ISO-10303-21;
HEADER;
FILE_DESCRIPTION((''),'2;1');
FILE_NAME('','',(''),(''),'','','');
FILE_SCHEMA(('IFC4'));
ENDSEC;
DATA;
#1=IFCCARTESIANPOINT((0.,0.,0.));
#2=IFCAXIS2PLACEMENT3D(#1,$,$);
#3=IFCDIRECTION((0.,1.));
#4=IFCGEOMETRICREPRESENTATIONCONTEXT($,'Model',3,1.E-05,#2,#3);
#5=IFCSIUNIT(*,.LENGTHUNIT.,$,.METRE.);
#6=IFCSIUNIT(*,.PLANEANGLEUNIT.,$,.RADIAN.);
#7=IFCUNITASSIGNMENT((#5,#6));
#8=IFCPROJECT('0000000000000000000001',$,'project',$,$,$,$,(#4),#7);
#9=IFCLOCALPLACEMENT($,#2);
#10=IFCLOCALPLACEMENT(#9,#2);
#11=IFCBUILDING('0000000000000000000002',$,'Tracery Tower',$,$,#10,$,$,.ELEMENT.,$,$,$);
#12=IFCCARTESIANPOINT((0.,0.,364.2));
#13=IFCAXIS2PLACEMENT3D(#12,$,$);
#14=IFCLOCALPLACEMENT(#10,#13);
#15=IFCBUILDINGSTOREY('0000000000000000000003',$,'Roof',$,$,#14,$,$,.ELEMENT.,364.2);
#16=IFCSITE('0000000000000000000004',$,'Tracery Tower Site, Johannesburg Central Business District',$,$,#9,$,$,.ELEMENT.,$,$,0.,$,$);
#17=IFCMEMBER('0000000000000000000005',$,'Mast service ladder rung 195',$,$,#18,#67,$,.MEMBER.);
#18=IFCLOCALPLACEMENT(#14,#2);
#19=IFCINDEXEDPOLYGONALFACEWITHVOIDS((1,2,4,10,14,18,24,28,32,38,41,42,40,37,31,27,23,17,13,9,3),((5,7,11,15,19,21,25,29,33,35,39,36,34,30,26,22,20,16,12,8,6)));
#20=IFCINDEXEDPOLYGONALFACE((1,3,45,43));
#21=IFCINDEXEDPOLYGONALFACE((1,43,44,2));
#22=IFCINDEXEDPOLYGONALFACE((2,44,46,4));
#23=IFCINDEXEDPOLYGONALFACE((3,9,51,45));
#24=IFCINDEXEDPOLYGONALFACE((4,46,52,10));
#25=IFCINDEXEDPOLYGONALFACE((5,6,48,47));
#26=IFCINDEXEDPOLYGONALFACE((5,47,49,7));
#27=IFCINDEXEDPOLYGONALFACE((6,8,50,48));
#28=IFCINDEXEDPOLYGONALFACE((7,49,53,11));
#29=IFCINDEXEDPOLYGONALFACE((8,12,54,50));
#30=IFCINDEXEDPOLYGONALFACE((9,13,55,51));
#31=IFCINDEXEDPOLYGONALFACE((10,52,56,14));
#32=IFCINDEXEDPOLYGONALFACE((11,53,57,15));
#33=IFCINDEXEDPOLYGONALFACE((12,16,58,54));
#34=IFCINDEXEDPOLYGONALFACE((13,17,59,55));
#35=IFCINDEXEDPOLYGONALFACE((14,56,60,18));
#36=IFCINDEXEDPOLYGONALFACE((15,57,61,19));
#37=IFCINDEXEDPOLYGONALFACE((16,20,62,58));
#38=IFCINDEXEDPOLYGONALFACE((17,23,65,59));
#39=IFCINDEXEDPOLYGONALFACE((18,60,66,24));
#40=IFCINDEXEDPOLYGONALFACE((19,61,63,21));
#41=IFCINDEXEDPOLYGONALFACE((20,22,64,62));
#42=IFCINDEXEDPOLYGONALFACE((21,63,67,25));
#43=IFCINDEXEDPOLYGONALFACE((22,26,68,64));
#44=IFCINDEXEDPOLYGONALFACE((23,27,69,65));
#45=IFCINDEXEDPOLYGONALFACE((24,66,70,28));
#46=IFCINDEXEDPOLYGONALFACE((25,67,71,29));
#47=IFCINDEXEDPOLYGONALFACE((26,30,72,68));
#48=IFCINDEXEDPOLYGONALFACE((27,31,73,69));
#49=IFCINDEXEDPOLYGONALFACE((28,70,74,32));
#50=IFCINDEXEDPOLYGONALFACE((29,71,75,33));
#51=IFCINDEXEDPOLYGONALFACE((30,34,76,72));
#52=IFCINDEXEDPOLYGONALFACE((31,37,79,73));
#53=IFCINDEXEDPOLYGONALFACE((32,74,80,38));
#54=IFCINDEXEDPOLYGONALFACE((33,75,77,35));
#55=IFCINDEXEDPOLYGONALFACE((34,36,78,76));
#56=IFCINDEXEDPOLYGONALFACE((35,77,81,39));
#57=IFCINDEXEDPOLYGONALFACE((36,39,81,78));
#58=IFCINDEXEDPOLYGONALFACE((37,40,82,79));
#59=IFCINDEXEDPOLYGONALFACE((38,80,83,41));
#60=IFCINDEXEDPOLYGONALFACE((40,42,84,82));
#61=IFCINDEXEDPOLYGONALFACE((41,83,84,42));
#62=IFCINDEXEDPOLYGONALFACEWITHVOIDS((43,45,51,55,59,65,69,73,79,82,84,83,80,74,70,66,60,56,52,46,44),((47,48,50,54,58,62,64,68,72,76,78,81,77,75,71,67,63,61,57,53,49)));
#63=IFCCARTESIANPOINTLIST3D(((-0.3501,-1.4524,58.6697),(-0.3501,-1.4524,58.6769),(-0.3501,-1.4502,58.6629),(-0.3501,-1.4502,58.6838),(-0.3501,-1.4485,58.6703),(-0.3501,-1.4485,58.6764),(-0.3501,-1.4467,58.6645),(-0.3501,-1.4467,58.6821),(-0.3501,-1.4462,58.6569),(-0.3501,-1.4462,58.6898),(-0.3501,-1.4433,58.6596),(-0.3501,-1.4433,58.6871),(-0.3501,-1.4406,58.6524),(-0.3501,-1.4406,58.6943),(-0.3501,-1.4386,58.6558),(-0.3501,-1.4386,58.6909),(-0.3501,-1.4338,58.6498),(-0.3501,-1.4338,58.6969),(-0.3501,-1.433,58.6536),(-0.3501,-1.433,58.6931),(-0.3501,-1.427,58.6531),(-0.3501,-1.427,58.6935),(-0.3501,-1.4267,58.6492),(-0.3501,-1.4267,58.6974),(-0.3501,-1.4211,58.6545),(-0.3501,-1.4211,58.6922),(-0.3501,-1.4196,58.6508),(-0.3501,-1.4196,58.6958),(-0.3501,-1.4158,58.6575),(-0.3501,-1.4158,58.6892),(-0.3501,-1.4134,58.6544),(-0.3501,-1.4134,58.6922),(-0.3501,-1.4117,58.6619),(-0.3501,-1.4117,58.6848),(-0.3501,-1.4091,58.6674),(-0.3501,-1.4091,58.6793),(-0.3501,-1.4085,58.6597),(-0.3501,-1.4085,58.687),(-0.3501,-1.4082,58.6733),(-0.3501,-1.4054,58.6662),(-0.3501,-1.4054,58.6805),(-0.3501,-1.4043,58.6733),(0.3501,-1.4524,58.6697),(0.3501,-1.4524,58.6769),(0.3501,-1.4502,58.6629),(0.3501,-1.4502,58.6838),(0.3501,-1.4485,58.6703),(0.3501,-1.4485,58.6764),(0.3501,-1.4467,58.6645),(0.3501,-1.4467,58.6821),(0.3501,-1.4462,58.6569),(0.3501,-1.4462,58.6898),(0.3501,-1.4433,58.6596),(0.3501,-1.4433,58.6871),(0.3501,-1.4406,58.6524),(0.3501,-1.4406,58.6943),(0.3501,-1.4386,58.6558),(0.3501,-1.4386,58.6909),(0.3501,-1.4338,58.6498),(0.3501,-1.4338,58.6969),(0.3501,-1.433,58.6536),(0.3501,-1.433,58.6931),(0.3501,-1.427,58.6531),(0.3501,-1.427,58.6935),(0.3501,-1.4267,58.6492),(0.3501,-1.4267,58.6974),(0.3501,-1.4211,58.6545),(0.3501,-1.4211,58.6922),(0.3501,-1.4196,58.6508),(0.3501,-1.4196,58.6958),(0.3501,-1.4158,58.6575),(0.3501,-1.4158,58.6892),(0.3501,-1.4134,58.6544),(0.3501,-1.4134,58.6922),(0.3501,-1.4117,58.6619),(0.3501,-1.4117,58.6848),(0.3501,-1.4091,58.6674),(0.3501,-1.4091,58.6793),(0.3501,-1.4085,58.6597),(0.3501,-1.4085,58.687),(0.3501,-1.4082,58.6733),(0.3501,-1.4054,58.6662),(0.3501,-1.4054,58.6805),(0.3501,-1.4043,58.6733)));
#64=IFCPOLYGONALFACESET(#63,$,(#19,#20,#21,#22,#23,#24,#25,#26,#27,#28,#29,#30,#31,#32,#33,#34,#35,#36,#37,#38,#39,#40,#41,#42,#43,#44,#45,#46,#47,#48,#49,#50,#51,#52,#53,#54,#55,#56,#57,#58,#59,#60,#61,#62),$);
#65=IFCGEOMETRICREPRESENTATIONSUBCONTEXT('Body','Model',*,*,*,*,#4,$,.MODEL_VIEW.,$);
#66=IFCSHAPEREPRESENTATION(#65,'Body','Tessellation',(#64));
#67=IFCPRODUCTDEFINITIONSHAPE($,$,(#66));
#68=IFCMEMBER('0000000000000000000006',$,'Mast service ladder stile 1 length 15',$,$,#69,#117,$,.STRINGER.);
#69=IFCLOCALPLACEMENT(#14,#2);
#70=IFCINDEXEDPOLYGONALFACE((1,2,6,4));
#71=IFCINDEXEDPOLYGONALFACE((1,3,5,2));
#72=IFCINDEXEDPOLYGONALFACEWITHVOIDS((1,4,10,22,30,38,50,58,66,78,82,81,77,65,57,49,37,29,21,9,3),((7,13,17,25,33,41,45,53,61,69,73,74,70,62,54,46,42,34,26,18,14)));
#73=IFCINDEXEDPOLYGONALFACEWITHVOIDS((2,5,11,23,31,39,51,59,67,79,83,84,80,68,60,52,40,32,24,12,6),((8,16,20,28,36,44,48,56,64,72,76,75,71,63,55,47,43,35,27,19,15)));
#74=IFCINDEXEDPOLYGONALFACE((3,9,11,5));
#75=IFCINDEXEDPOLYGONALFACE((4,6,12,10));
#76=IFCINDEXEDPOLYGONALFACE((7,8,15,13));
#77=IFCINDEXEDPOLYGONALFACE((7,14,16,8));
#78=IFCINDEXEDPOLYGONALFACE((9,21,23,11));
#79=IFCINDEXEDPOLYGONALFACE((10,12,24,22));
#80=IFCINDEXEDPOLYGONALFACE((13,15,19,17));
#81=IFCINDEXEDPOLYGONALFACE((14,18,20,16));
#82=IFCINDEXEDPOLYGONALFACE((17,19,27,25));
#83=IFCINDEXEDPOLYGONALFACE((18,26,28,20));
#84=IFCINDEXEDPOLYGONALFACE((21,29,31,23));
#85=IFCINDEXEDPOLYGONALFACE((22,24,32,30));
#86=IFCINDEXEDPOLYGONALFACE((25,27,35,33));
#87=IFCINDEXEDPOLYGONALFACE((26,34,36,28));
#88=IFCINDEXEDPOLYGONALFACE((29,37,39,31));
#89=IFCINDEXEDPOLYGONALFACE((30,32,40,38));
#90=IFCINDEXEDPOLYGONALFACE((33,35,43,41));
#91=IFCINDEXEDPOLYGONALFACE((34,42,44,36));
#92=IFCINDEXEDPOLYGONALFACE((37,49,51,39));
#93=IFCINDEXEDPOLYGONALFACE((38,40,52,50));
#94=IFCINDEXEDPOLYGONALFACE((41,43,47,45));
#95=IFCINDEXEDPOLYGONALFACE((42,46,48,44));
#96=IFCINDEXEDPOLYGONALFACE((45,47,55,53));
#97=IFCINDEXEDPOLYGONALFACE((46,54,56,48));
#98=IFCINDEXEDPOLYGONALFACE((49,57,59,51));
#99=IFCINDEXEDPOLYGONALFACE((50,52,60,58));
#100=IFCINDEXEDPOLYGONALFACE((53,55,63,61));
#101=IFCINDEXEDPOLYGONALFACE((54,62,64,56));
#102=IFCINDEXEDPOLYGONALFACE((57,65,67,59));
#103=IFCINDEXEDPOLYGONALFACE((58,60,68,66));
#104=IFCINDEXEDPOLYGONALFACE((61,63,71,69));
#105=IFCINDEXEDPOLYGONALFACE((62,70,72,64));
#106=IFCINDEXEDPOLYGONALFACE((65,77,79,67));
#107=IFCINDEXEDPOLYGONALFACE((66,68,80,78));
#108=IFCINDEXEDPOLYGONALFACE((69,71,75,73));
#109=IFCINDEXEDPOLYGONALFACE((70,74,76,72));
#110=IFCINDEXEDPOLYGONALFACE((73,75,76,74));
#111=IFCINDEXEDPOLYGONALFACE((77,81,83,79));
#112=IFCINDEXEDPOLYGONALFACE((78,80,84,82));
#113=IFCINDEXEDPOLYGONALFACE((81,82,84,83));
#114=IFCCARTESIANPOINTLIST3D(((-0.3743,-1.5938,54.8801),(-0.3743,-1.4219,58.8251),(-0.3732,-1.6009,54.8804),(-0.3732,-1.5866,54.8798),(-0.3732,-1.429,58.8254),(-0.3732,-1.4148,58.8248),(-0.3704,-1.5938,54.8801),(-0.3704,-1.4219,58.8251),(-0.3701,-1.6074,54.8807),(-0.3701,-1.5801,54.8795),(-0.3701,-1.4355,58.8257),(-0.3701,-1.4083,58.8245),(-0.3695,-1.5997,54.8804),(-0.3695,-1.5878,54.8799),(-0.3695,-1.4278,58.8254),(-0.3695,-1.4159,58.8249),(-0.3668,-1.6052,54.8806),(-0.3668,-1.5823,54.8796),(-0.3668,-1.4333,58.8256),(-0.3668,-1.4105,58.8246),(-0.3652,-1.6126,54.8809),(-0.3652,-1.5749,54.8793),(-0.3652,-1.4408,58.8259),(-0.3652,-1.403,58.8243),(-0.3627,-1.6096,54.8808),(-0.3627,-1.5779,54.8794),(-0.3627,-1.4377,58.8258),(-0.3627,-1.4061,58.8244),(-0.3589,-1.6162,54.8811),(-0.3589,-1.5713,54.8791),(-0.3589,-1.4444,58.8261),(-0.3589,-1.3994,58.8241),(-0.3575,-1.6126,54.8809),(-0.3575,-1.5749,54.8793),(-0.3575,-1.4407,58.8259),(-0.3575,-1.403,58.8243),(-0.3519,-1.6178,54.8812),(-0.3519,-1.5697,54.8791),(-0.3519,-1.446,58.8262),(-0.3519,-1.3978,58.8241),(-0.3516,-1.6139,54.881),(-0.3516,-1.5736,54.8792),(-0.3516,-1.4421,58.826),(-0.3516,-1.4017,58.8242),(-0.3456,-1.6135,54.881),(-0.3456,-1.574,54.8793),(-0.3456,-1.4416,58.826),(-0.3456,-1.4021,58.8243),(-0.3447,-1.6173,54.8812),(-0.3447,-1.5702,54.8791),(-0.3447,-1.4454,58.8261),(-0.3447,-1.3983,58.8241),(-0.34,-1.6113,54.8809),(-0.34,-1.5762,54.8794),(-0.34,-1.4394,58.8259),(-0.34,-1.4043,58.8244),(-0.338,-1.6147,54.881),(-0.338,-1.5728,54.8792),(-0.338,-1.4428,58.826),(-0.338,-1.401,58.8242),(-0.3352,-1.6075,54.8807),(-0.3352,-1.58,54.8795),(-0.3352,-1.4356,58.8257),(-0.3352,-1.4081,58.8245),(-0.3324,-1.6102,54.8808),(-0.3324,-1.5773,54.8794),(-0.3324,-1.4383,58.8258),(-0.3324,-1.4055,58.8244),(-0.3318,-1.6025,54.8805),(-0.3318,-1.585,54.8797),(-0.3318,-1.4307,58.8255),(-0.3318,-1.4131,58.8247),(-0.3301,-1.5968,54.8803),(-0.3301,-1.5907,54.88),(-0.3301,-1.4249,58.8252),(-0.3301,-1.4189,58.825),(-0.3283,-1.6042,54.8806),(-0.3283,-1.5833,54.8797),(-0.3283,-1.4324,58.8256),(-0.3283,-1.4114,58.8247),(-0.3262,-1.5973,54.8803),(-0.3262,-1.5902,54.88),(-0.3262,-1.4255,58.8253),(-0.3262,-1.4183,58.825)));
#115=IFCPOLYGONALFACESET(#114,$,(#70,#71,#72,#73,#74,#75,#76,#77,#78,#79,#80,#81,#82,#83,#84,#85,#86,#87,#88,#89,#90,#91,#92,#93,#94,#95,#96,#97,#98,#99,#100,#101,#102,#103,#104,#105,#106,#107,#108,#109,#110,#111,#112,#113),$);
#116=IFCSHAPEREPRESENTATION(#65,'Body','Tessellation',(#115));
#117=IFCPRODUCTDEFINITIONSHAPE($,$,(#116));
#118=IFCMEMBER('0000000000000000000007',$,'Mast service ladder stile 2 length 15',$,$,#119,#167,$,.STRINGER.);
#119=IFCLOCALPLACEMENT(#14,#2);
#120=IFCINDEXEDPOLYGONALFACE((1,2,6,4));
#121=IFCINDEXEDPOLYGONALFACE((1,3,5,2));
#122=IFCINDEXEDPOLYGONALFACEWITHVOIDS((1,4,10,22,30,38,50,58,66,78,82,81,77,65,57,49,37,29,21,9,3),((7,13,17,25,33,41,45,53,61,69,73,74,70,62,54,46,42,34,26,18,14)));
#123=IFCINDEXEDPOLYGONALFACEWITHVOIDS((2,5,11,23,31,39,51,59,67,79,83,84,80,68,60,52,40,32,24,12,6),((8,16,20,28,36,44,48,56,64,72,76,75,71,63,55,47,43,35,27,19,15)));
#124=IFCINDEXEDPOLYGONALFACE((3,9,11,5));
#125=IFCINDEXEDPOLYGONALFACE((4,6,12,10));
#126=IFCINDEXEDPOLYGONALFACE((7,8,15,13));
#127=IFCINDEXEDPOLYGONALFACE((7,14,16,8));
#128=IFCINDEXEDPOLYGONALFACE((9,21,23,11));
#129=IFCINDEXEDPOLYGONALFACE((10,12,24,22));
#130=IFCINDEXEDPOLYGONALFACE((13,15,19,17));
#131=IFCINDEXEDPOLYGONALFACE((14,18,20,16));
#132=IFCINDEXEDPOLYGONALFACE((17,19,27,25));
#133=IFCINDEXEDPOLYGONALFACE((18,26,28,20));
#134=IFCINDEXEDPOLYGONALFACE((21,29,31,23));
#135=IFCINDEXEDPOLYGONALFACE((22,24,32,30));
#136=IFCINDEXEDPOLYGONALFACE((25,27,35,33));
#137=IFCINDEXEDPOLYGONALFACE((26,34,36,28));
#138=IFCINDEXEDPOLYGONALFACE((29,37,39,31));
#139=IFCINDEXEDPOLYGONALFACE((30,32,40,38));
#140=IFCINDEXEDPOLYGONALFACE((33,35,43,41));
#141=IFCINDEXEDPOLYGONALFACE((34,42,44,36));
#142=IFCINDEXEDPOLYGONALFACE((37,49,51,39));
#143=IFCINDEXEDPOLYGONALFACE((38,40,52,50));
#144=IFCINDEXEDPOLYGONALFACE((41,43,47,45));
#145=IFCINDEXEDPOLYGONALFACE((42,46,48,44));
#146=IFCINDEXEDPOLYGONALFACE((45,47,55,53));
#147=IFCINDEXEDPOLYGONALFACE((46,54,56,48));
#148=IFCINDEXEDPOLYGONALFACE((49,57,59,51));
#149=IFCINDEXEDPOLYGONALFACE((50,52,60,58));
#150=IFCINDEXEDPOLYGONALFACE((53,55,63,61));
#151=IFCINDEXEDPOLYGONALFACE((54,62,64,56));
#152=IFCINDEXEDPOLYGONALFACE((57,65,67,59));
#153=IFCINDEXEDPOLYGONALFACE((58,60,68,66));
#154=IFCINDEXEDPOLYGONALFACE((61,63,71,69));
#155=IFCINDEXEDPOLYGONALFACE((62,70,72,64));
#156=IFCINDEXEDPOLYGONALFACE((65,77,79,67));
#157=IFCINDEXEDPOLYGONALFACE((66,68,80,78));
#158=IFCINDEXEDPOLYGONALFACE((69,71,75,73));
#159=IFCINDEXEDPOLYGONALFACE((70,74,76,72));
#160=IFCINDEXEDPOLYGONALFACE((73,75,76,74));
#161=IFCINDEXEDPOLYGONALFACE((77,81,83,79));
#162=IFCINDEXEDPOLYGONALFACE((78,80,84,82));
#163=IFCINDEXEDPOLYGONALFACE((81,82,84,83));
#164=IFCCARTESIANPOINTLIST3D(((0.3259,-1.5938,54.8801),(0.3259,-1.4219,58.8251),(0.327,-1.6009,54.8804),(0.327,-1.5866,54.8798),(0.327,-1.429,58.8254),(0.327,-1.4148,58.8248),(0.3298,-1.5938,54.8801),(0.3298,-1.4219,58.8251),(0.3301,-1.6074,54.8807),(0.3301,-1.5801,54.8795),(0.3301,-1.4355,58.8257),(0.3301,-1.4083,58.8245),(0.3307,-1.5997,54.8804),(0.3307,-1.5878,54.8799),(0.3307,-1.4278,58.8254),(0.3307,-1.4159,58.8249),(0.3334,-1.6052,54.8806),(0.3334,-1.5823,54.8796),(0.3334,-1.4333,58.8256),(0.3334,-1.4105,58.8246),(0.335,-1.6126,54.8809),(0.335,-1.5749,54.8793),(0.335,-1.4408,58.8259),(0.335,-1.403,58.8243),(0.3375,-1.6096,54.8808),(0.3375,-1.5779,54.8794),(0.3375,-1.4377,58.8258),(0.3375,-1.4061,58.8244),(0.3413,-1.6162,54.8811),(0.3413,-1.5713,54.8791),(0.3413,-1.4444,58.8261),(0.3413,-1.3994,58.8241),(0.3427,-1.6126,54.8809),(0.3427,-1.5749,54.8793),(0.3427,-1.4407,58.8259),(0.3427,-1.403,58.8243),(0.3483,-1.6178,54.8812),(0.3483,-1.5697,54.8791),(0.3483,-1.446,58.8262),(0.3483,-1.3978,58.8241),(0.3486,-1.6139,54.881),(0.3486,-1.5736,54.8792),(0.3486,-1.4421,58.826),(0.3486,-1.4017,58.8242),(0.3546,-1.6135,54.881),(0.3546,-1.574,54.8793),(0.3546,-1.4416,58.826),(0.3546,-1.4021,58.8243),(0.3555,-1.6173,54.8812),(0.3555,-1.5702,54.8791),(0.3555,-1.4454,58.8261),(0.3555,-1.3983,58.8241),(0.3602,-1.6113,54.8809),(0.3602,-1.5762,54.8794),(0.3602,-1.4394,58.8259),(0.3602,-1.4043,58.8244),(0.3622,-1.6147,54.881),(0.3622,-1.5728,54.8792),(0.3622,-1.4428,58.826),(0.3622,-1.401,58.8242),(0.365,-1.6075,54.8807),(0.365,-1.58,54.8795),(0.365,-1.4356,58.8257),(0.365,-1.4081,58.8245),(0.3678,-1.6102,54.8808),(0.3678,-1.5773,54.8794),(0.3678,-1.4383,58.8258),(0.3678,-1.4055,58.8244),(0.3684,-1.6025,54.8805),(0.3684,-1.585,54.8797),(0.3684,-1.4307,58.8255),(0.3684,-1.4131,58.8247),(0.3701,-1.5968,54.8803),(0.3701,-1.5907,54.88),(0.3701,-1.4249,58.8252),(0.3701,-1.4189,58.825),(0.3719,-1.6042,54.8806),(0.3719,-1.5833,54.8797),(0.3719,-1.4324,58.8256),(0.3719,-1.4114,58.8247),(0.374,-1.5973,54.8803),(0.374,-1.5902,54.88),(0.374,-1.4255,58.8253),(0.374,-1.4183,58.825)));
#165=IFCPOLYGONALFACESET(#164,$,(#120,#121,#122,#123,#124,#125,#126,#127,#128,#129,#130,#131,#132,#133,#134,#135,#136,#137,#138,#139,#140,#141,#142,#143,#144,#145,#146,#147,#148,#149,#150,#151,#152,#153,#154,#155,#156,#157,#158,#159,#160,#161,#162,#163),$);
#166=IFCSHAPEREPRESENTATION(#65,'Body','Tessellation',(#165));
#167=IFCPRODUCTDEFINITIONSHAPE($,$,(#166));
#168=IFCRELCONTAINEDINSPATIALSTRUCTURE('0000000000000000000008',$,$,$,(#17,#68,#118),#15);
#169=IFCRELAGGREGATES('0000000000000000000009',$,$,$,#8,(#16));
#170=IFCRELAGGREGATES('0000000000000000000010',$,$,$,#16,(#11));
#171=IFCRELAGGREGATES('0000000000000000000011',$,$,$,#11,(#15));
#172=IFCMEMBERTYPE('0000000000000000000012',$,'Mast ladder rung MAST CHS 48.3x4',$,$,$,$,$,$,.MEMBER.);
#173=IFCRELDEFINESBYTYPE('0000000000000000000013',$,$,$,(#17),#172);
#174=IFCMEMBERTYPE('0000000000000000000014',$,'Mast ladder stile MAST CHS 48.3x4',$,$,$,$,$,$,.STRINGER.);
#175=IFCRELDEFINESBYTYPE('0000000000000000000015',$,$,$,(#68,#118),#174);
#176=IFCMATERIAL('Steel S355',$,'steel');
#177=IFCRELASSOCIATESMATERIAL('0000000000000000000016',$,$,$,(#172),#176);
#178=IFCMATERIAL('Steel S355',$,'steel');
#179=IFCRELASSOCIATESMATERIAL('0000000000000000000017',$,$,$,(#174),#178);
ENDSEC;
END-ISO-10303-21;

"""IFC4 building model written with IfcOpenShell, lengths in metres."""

from ifc_helpers import new_model, si_unit, direction, frame, origin, origin_2d, place, context, subcontext, project, spatial, hollow_circle, extrude, material, material_profile, profile_set, type_object, element, save


model = new_model("IFC4")

# Units and contexts
model_context = context("Model", 3, precision=1e-05, world=origin(), true_north=direction((0.0, 1.0)))
body_context = subcontext(model_context, "Body", "Model", "MODEL_VIEW")
ifc_project = project(units=[si_unit("LENGTHUNIT", "METRE"), si_unit("PLANEANGLEUNIT", "RADIAN")], contexts=[model_context])

# Site, building, storey
site_placement = place(None, origin())
site = spatial("IfcSite", under=ifc_project, at=site_placement, Name="Tracery Tower Site, Johannesburg Central Business District", CompositionType="ELEMENT", RefElevation=0.0)
building_placement = place(site_placement, origin())
building = spatial("IfcBuilding", under=site, at=building_placement, Name="Tracery Tower", CompositionType="ELEMENT")
storey_placement = place(building_placement, frame((0.0, 0.0, 364.2)))
storey = spatial("IfcBuildingStorey", under=building, at=storey_placement, Name="Roof", CompositionType="ELEMENT", Elevation=364.2)

# Members
ifc_material_1 = material(Name="Steel S355", Category="steel")
ifc_material_profile_1 = material_profile(ifc_material_1, hollow_circle(Radius=0.0242, WallThickness=0.0039, at=origin_2d()), Name="CHS 48.3x4")
ifc_profile_set_1 = profile_set([ifc_material_profile_1], Name="Steel S355")
member_type_1 = type_object("IfcMemberType", Name="Mast ladder rung MAST CHS 48.3x4", PredefinedType="MEMBER", material=ifc_profile_set_1)
for number, where, z_axis, x_axis, name in (
    (1, (-0.3501, -1.4285, 58.6733), (1.0, 0.0, 0.0), (0.0, 1.0, 0.0), "Mast service ladder rung 195"),
):
    element("IfcMember", number, at=place(storey_placement, frame(where, z_axis=z_axis, x_axis=x_axis)), inside=storey, type_object=member_type_1, Name=name, PredefinedType="MEMBER", context=body_context, shape_type="SweptSolid", body=[
        extrude(hollow_circle(Radius=0.0242, WallThickness=0.0039, at=origin_2d()), origin(), (0.0, 0.0, 1.0), 0.7002),
    ])
ifc_material_2 = material(Name="Steel S355", Category="steel")
ifc_material_profile_2 = material_profile(ifc_material_2, hollow_circle(Radius=0.0242, WallThickness=0.0039, at=origin_2d()), Name="CHS 48.3x4")
ifc_profile_set_2 = profile_set([ifc_material_profile_2], Name="Steel S355")
member_type_2 = type_object("IfcMemberType", Name="Mast ladder stile MAST CHS 48.3x4", PredefinedType="STRINGER", material=ifc_profile_set_2)
for number, where, z_axis, x_axis, name in (
    (2, (-0.3501, -1.5938, 54.8801), (0.0, 0.043526, 0.999052), (-1.0, 0.0, 0.0), "Mast service ladder stile 1 length 15"),
    (3, (0.3501, -1.5938, 54.8801), (0.0, 0.043526, 0.999052), (-1.0, 0.0, 0.0), "Mast service ladder stile 2 length 15"),
):
    element("IfcMember", number, at=place(storey_placement, frame(where, z_axis=z_axis, x_axis=x_axis)), inside=storey, type_object=member_type_2, Name=name, PredefinedType="STRINGER", context=body_context, shape_type="SweptSolid", body=[
        extrude(hollow_circle(Radius=0.0242, WallThickness=0.0039, at=origin_2d()), origin(), (0.0, 0.0, 1.0), 3.9487),
    ])

save(model, "model.ifc")
